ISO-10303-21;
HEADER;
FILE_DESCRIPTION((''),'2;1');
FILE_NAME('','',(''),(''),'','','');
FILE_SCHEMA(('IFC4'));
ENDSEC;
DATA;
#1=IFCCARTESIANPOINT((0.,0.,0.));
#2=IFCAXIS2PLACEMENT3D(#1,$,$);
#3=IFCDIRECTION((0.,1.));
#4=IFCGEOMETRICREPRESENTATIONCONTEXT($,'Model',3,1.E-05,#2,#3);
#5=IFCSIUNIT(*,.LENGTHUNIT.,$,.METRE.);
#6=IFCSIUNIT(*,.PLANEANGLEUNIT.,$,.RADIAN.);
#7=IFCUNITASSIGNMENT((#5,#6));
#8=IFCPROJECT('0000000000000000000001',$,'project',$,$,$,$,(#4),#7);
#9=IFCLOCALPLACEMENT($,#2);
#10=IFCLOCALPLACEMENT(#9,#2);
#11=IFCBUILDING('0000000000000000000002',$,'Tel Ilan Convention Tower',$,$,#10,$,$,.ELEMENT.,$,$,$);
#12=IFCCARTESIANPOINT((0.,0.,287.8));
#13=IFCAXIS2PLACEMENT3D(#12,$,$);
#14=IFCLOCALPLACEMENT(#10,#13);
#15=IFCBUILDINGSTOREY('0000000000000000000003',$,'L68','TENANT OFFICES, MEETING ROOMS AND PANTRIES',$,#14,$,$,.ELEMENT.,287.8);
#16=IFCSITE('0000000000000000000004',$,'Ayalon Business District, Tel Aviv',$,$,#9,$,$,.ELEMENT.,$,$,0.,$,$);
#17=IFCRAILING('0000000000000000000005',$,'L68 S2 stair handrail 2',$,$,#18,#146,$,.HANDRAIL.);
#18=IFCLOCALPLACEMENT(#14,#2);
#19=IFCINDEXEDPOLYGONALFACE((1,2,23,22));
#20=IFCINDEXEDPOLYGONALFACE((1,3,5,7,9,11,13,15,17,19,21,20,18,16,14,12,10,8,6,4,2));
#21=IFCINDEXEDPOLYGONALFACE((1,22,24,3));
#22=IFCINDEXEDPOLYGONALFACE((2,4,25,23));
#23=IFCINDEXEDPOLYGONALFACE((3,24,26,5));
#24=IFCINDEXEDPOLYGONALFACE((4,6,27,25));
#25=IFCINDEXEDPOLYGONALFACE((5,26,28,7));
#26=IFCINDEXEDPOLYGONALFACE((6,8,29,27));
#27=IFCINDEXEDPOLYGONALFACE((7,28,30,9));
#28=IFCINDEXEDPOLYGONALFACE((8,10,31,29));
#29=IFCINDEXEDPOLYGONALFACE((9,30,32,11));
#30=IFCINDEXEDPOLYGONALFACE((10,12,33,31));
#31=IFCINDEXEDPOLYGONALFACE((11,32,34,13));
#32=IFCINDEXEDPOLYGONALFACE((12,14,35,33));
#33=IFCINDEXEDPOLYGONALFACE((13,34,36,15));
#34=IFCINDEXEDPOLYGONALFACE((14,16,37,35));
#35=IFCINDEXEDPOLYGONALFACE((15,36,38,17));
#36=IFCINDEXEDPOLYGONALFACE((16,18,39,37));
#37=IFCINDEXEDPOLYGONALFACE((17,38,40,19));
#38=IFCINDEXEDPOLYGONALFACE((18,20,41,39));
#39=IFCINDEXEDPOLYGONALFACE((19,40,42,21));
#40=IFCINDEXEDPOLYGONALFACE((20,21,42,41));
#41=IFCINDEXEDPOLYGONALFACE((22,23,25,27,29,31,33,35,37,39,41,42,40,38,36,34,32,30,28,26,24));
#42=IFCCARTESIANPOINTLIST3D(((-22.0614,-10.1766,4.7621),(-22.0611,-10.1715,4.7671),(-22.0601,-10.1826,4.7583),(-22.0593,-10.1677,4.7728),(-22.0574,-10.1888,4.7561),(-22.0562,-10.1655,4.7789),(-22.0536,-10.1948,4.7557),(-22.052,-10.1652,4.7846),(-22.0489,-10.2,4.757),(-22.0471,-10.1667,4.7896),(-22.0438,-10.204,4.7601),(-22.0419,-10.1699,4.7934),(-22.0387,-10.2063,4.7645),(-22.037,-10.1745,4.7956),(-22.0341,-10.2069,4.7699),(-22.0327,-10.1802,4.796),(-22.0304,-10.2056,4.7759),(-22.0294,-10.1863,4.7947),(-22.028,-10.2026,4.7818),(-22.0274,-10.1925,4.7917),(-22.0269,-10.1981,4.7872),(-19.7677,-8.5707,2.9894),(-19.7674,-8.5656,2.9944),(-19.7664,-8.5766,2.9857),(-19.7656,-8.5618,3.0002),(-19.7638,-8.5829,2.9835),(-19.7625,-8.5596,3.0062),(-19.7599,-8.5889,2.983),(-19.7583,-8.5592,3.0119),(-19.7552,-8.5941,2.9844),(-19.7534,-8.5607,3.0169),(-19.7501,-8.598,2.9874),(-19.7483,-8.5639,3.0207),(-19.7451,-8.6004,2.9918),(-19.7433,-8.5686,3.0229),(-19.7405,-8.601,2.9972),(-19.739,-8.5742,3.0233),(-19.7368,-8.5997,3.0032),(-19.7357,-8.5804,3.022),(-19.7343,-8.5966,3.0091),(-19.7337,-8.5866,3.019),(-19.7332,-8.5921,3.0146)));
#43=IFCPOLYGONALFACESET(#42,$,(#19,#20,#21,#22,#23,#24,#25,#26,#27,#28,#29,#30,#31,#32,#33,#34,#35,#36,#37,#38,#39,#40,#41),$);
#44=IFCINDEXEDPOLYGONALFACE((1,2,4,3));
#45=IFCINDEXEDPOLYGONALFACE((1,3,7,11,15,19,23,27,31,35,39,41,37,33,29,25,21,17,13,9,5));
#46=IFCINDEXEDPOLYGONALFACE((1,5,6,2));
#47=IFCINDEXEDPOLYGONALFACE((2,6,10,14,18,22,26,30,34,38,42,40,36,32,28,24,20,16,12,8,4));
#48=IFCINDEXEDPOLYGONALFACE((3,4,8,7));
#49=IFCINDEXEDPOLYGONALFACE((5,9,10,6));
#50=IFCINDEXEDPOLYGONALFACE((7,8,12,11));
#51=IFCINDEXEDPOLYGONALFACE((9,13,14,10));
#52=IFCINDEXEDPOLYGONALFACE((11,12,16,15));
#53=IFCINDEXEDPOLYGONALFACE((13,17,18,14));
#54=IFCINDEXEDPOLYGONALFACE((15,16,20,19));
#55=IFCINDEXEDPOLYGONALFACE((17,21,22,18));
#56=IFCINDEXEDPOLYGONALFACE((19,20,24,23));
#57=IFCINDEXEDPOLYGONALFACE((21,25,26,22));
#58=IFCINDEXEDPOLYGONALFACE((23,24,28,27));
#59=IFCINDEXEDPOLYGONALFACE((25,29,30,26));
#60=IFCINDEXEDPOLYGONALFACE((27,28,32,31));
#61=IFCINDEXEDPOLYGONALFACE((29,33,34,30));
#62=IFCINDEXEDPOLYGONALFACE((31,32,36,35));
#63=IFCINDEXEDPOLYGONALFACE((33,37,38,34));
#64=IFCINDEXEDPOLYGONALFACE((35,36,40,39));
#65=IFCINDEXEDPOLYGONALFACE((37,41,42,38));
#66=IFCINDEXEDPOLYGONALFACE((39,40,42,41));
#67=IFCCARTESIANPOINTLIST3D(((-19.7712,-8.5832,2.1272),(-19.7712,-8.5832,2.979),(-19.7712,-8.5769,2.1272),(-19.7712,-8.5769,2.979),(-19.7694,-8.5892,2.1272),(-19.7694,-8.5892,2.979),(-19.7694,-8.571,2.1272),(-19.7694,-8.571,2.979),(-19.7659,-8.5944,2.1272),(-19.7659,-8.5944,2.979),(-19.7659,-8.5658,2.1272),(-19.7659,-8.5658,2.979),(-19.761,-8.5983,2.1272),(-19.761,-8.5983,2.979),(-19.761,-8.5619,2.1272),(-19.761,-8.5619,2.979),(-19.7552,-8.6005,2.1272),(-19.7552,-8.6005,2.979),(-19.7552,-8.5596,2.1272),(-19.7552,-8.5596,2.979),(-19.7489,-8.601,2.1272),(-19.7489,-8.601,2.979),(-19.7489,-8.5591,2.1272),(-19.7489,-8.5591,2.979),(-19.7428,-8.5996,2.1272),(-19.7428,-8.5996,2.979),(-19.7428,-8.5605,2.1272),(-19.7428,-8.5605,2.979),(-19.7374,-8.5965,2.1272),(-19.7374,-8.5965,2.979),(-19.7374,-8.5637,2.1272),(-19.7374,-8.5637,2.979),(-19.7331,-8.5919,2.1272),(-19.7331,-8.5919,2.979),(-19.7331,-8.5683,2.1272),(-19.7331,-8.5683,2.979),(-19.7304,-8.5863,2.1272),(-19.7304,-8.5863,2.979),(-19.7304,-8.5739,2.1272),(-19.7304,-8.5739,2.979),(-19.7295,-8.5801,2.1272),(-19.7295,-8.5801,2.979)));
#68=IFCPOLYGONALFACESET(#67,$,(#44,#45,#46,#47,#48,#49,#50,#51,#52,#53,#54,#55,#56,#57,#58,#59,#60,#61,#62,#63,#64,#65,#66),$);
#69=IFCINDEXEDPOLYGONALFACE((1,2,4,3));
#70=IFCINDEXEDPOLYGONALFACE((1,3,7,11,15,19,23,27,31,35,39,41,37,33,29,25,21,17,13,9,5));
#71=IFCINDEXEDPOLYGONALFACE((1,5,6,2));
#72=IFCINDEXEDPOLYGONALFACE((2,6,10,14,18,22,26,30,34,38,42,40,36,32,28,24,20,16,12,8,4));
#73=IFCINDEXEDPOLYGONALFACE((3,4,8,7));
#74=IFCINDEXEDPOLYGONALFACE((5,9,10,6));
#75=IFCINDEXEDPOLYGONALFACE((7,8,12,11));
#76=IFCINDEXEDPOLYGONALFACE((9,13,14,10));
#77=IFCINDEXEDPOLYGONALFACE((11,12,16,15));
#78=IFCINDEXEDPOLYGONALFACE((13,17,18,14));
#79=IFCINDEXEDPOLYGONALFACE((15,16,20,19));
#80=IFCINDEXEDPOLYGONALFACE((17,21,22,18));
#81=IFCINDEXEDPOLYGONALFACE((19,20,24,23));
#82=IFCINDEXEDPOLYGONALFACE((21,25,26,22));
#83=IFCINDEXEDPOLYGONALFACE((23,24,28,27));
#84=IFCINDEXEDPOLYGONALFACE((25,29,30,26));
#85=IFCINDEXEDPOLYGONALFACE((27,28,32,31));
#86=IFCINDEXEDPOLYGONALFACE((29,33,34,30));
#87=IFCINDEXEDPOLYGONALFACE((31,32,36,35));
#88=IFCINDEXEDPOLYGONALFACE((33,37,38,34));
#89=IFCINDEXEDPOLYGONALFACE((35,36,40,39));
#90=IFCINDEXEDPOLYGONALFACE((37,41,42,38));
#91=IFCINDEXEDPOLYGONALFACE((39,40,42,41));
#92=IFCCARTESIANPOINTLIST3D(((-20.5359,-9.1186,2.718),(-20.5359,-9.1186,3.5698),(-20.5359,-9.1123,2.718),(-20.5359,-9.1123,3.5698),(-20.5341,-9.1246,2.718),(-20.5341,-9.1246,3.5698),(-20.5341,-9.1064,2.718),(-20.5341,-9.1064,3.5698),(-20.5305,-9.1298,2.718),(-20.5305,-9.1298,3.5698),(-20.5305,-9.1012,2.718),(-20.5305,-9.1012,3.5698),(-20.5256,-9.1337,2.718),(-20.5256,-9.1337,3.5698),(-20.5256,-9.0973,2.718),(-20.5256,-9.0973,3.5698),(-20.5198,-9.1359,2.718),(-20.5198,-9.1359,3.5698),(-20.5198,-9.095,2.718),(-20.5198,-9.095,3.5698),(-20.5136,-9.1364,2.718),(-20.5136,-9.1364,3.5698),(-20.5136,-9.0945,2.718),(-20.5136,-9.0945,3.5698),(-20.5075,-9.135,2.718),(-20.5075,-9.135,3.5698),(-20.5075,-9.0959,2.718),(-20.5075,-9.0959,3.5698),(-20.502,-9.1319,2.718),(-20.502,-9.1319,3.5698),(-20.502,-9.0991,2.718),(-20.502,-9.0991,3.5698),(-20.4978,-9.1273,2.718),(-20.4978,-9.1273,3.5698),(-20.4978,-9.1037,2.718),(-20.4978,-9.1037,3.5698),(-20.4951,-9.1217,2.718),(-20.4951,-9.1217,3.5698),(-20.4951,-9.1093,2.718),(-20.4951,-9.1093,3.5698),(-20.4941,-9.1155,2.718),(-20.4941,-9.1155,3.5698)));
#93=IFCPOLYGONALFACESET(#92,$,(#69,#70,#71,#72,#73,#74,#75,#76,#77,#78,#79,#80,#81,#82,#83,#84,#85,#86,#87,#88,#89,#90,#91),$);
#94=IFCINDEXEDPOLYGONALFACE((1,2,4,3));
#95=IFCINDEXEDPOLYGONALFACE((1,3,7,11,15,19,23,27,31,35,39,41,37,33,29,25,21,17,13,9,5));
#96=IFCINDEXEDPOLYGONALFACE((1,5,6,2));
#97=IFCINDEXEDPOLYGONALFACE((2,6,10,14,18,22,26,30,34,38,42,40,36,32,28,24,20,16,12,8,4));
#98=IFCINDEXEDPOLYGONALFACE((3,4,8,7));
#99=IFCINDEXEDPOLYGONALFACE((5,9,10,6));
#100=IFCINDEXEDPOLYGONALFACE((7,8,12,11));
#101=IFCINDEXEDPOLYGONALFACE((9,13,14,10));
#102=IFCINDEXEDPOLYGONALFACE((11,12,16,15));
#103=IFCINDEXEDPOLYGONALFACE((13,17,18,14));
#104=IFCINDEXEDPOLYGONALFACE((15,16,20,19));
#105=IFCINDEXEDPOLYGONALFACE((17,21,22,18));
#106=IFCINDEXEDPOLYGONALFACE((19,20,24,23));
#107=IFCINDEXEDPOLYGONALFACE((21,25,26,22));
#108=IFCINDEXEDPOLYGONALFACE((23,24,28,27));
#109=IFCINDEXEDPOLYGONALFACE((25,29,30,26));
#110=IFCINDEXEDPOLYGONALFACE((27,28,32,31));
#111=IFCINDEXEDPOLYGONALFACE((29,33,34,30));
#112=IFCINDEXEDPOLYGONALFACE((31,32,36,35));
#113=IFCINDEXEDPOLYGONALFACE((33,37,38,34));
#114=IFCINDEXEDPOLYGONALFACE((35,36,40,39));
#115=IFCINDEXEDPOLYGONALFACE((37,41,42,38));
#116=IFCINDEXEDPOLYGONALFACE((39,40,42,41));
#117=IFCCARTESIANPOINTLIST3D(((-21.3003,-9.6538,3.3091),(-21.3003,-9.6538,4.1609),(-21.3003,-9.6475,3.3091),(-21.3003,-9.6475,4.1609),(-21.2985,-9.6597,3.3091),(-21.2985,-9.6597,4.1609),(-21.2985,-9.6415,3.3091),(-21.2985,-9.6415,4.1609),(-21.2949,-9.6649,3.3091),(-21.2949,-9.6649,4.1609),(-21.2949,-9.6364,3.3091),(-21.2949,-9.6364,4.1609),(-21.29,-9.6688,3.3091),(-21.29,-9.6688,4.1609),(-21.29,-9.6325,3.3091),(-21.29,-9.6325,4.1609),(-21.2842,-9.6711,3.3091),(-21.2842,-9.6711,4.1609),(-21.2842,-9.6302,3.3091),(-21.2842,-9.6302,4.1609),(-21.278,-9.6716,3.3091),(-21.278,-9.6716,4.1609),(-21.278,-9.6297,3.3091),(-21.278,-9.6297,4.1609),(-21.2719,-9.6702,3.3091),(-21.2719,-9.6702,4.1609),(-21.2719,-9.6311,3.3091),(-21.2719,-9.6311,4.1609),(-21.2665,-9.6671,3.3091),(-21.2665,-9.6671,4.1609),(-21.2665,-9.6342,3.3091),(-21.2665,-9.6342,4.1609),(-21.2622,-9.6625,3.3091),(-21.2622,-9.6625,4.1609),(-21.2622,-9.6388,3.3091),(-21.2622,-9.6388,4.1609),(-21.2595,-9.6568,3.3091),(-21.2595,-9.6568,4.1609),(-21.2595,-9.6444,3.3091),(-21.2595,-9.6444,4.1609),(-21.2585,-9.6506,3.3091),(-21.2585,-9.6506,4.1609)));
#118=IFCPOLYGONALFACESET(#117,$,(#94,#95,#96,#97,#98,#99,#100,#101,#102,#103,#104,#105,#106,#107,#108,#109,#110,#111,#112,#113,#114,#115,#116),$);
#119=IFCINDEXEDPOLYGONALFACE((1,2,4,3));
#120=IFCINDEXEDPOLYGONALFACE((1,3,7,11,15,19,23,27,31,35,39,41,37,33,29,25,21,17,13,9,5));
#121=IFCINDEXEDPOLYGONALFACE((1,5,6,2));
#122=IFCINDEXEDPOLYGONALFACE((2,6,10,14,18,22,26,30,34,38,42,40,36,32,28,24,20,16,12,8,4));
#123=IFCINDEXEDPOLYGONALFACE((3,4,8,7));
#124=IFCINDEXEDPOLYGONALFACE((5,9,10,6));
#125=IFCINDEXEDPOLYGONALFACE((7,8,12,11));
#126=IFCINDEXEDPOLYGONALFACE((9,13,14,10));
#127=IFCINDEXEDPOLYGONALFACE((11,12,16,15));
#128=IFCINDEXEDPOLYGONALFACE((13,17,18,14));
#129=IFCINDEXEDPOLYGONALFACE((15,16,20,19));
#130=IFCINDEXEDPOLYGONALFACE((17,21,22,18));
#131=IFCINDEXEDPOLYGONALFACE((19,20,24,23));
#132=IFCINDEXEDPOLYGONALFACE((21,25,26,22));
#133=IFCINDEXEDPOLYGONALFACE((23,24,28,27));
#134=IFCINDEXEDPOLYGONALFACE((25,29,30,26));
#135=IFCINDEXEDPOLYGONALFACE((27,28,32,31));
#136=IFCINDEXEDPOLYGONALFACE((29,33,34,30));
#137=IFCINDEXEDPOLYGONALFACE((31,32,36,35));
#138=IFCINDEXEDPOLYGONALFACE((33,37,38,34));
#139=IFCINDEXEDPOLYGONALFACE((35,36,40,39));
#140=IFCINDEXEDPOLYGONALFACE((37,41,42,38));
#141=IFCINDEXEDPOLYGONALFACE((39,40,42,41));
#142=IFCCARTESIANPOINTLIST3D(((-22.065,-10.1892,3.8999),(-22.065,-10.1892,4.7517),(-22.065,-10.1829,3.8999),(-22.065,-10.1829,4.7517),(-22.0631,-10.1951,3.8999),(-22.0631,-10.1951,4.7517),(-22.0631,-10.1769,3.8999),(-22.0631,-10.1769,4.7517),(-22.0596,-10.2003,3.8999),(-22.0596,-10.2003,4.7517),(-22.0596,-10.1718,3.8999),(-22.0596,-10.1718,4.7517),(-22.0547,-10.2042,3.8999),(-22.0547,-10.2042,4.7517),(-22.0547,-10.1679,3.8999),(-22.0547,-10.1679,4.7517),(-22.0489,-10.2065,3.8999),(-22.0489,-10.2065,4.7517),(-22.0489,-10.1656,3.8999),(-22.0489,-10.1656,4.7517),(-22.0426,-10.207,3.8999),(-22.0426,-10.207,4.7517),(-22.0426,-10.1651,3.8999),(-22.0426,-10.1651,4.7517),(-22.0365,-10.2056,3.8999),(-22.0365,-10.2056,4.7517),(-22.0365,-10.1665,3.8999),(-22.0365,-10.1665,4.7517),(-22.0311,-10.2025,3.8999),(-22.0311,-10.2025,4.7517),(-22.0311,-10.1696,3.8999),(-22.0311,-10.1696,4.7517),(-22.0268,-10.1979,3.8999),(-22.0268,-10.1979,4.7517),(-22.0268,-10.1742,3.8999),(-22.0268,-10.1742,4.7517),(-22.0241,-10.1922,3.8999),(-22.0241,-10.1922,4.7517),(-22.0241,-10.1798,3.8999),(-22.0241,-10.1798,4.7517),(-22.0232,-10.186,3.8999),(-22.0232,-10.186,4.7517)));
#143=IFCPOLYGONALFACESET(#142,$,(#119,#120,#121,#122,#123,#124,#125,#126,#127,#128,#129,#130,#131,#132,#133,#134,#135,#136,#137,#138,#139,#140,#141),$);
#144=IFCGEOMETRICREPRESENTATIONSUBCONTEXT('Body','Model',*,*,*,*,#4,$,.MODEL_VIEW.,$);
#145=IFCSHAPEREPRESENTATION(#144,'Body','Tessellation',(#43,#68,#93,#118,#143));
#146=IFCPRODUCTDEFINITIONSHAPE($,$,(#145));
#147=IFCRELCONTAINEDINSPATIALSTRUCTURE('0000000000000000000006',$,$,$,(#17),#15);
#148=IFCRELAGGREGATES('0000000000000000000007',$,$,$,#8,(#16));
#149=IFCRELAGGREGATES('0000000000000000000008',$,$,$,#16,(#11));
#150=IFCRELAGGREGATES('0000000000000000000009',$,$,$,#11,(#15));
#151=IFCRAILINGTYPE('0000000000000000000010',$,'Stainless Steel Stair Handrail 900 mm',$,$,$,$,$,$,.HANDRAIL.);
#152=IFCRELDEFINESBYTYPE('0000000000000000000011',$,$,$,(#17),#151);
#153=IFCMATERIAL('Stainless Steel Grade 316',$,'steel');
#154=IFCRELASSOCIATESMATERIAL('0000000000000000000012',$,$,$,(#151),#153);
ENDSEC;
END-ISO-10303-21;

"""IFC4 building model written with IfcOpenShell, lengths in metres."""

from ifc_helpers import new_model, si_unit, direction, frame, origin, origin_2d, place, context, subcontext, project, spatial, circle, extrude, material, type_object, element, save


model = new_model("IFC4")

# Units and contexts
model_context = context("Model", 3, precision=1e-05, world=origin(), true_north=direction((0.0, 1.0)))
body_context = subcontext(model_context, "Body", "Model", "MODEL_VIEW")
ifc_project = project(units=[si_unit("LENGTHUNIT", "METRE"), si_unit("PLANEANGLEUNIT", "RADIAN")], contexts=[model_context])

# Site, building, storey
site_placement = place(None, origin())
site = spatial("IfcSite", under=ifc_project, at=site_placement, Name="Ayalon Business District, Tel Aviv", CompositionType="ELEMENT", RefElevation=0.0)
building_placement = place(site_placement, origin())
building = spatial("IfcBuilding", under=site, at=building_placement, Name="Tel Ilan Convention Tower", CompositionType="ELEMENT")
storey_placement = place(building_placement, frame((0.0, 0.0, 287.8)))
storey = spatial("IfcBuildingStorey", under=building, at=storey_placement, Name="L68", Description="TENANT OFFICES, MEETING ROOMS AND PANTRIES", CompositionType="ELEMENT", Elevation=287.8)

# Railing
ifc_material_1 = material(Name="Stainless Steel Grade 316", Category="steel")
railing_type_1 = type_object("IfcRailingType", Name="Stainless Steel Stair Handrail 900 mm", PredefinedType="HANDRAIL", material=ifc_material_1)
for number, where, name in (
    (1, (-19.7505, -8.5801, 2.1272), "L68 S2 stair handrail 2"),
):
    element("IfcRailing", number, at=place(storey_placement, frame(where)), inside=storey, type_object=railing_type_1, Name=name, PredefinedType="HANDRAIL", context=body_context, shape_type="SweptSolid", body=[
        extrude(circle(Radius=0.0239, at=origin_2d()), frame((0.0, 0.0, 0.876), z_axis=(-0.692123, -0.484597, 0.534913), x_axis=(0.57355, -0.81917, 0.0)), (0.0, 0.0, 1.0), 3.314),
        extrude(circle(Radius=0.021, at=origin_2d()), origin(), (0.0, 0.0, 1.0), 0.8518),
        extrude(circle(Radius=0.021, at=origin_2d()), frame((-0.7646, -0.5354, 0.5908)), (0.0, 0.0, 1.0), 0.8518),
        extrude(circle(Radius=0.021, at=origin_2d()), frame((-1.5291, -1.0706, 1.1819)), (0.0, 0.0, 1.0), 0.8518),
        extrude(circle(Radius=0.021, at=origin_2d()), frame((-2.2937, -1.606, 1.7727)), (0.0, 0.0, 1.0), 0.8518),
    ])

save(model, "model.ifc")
